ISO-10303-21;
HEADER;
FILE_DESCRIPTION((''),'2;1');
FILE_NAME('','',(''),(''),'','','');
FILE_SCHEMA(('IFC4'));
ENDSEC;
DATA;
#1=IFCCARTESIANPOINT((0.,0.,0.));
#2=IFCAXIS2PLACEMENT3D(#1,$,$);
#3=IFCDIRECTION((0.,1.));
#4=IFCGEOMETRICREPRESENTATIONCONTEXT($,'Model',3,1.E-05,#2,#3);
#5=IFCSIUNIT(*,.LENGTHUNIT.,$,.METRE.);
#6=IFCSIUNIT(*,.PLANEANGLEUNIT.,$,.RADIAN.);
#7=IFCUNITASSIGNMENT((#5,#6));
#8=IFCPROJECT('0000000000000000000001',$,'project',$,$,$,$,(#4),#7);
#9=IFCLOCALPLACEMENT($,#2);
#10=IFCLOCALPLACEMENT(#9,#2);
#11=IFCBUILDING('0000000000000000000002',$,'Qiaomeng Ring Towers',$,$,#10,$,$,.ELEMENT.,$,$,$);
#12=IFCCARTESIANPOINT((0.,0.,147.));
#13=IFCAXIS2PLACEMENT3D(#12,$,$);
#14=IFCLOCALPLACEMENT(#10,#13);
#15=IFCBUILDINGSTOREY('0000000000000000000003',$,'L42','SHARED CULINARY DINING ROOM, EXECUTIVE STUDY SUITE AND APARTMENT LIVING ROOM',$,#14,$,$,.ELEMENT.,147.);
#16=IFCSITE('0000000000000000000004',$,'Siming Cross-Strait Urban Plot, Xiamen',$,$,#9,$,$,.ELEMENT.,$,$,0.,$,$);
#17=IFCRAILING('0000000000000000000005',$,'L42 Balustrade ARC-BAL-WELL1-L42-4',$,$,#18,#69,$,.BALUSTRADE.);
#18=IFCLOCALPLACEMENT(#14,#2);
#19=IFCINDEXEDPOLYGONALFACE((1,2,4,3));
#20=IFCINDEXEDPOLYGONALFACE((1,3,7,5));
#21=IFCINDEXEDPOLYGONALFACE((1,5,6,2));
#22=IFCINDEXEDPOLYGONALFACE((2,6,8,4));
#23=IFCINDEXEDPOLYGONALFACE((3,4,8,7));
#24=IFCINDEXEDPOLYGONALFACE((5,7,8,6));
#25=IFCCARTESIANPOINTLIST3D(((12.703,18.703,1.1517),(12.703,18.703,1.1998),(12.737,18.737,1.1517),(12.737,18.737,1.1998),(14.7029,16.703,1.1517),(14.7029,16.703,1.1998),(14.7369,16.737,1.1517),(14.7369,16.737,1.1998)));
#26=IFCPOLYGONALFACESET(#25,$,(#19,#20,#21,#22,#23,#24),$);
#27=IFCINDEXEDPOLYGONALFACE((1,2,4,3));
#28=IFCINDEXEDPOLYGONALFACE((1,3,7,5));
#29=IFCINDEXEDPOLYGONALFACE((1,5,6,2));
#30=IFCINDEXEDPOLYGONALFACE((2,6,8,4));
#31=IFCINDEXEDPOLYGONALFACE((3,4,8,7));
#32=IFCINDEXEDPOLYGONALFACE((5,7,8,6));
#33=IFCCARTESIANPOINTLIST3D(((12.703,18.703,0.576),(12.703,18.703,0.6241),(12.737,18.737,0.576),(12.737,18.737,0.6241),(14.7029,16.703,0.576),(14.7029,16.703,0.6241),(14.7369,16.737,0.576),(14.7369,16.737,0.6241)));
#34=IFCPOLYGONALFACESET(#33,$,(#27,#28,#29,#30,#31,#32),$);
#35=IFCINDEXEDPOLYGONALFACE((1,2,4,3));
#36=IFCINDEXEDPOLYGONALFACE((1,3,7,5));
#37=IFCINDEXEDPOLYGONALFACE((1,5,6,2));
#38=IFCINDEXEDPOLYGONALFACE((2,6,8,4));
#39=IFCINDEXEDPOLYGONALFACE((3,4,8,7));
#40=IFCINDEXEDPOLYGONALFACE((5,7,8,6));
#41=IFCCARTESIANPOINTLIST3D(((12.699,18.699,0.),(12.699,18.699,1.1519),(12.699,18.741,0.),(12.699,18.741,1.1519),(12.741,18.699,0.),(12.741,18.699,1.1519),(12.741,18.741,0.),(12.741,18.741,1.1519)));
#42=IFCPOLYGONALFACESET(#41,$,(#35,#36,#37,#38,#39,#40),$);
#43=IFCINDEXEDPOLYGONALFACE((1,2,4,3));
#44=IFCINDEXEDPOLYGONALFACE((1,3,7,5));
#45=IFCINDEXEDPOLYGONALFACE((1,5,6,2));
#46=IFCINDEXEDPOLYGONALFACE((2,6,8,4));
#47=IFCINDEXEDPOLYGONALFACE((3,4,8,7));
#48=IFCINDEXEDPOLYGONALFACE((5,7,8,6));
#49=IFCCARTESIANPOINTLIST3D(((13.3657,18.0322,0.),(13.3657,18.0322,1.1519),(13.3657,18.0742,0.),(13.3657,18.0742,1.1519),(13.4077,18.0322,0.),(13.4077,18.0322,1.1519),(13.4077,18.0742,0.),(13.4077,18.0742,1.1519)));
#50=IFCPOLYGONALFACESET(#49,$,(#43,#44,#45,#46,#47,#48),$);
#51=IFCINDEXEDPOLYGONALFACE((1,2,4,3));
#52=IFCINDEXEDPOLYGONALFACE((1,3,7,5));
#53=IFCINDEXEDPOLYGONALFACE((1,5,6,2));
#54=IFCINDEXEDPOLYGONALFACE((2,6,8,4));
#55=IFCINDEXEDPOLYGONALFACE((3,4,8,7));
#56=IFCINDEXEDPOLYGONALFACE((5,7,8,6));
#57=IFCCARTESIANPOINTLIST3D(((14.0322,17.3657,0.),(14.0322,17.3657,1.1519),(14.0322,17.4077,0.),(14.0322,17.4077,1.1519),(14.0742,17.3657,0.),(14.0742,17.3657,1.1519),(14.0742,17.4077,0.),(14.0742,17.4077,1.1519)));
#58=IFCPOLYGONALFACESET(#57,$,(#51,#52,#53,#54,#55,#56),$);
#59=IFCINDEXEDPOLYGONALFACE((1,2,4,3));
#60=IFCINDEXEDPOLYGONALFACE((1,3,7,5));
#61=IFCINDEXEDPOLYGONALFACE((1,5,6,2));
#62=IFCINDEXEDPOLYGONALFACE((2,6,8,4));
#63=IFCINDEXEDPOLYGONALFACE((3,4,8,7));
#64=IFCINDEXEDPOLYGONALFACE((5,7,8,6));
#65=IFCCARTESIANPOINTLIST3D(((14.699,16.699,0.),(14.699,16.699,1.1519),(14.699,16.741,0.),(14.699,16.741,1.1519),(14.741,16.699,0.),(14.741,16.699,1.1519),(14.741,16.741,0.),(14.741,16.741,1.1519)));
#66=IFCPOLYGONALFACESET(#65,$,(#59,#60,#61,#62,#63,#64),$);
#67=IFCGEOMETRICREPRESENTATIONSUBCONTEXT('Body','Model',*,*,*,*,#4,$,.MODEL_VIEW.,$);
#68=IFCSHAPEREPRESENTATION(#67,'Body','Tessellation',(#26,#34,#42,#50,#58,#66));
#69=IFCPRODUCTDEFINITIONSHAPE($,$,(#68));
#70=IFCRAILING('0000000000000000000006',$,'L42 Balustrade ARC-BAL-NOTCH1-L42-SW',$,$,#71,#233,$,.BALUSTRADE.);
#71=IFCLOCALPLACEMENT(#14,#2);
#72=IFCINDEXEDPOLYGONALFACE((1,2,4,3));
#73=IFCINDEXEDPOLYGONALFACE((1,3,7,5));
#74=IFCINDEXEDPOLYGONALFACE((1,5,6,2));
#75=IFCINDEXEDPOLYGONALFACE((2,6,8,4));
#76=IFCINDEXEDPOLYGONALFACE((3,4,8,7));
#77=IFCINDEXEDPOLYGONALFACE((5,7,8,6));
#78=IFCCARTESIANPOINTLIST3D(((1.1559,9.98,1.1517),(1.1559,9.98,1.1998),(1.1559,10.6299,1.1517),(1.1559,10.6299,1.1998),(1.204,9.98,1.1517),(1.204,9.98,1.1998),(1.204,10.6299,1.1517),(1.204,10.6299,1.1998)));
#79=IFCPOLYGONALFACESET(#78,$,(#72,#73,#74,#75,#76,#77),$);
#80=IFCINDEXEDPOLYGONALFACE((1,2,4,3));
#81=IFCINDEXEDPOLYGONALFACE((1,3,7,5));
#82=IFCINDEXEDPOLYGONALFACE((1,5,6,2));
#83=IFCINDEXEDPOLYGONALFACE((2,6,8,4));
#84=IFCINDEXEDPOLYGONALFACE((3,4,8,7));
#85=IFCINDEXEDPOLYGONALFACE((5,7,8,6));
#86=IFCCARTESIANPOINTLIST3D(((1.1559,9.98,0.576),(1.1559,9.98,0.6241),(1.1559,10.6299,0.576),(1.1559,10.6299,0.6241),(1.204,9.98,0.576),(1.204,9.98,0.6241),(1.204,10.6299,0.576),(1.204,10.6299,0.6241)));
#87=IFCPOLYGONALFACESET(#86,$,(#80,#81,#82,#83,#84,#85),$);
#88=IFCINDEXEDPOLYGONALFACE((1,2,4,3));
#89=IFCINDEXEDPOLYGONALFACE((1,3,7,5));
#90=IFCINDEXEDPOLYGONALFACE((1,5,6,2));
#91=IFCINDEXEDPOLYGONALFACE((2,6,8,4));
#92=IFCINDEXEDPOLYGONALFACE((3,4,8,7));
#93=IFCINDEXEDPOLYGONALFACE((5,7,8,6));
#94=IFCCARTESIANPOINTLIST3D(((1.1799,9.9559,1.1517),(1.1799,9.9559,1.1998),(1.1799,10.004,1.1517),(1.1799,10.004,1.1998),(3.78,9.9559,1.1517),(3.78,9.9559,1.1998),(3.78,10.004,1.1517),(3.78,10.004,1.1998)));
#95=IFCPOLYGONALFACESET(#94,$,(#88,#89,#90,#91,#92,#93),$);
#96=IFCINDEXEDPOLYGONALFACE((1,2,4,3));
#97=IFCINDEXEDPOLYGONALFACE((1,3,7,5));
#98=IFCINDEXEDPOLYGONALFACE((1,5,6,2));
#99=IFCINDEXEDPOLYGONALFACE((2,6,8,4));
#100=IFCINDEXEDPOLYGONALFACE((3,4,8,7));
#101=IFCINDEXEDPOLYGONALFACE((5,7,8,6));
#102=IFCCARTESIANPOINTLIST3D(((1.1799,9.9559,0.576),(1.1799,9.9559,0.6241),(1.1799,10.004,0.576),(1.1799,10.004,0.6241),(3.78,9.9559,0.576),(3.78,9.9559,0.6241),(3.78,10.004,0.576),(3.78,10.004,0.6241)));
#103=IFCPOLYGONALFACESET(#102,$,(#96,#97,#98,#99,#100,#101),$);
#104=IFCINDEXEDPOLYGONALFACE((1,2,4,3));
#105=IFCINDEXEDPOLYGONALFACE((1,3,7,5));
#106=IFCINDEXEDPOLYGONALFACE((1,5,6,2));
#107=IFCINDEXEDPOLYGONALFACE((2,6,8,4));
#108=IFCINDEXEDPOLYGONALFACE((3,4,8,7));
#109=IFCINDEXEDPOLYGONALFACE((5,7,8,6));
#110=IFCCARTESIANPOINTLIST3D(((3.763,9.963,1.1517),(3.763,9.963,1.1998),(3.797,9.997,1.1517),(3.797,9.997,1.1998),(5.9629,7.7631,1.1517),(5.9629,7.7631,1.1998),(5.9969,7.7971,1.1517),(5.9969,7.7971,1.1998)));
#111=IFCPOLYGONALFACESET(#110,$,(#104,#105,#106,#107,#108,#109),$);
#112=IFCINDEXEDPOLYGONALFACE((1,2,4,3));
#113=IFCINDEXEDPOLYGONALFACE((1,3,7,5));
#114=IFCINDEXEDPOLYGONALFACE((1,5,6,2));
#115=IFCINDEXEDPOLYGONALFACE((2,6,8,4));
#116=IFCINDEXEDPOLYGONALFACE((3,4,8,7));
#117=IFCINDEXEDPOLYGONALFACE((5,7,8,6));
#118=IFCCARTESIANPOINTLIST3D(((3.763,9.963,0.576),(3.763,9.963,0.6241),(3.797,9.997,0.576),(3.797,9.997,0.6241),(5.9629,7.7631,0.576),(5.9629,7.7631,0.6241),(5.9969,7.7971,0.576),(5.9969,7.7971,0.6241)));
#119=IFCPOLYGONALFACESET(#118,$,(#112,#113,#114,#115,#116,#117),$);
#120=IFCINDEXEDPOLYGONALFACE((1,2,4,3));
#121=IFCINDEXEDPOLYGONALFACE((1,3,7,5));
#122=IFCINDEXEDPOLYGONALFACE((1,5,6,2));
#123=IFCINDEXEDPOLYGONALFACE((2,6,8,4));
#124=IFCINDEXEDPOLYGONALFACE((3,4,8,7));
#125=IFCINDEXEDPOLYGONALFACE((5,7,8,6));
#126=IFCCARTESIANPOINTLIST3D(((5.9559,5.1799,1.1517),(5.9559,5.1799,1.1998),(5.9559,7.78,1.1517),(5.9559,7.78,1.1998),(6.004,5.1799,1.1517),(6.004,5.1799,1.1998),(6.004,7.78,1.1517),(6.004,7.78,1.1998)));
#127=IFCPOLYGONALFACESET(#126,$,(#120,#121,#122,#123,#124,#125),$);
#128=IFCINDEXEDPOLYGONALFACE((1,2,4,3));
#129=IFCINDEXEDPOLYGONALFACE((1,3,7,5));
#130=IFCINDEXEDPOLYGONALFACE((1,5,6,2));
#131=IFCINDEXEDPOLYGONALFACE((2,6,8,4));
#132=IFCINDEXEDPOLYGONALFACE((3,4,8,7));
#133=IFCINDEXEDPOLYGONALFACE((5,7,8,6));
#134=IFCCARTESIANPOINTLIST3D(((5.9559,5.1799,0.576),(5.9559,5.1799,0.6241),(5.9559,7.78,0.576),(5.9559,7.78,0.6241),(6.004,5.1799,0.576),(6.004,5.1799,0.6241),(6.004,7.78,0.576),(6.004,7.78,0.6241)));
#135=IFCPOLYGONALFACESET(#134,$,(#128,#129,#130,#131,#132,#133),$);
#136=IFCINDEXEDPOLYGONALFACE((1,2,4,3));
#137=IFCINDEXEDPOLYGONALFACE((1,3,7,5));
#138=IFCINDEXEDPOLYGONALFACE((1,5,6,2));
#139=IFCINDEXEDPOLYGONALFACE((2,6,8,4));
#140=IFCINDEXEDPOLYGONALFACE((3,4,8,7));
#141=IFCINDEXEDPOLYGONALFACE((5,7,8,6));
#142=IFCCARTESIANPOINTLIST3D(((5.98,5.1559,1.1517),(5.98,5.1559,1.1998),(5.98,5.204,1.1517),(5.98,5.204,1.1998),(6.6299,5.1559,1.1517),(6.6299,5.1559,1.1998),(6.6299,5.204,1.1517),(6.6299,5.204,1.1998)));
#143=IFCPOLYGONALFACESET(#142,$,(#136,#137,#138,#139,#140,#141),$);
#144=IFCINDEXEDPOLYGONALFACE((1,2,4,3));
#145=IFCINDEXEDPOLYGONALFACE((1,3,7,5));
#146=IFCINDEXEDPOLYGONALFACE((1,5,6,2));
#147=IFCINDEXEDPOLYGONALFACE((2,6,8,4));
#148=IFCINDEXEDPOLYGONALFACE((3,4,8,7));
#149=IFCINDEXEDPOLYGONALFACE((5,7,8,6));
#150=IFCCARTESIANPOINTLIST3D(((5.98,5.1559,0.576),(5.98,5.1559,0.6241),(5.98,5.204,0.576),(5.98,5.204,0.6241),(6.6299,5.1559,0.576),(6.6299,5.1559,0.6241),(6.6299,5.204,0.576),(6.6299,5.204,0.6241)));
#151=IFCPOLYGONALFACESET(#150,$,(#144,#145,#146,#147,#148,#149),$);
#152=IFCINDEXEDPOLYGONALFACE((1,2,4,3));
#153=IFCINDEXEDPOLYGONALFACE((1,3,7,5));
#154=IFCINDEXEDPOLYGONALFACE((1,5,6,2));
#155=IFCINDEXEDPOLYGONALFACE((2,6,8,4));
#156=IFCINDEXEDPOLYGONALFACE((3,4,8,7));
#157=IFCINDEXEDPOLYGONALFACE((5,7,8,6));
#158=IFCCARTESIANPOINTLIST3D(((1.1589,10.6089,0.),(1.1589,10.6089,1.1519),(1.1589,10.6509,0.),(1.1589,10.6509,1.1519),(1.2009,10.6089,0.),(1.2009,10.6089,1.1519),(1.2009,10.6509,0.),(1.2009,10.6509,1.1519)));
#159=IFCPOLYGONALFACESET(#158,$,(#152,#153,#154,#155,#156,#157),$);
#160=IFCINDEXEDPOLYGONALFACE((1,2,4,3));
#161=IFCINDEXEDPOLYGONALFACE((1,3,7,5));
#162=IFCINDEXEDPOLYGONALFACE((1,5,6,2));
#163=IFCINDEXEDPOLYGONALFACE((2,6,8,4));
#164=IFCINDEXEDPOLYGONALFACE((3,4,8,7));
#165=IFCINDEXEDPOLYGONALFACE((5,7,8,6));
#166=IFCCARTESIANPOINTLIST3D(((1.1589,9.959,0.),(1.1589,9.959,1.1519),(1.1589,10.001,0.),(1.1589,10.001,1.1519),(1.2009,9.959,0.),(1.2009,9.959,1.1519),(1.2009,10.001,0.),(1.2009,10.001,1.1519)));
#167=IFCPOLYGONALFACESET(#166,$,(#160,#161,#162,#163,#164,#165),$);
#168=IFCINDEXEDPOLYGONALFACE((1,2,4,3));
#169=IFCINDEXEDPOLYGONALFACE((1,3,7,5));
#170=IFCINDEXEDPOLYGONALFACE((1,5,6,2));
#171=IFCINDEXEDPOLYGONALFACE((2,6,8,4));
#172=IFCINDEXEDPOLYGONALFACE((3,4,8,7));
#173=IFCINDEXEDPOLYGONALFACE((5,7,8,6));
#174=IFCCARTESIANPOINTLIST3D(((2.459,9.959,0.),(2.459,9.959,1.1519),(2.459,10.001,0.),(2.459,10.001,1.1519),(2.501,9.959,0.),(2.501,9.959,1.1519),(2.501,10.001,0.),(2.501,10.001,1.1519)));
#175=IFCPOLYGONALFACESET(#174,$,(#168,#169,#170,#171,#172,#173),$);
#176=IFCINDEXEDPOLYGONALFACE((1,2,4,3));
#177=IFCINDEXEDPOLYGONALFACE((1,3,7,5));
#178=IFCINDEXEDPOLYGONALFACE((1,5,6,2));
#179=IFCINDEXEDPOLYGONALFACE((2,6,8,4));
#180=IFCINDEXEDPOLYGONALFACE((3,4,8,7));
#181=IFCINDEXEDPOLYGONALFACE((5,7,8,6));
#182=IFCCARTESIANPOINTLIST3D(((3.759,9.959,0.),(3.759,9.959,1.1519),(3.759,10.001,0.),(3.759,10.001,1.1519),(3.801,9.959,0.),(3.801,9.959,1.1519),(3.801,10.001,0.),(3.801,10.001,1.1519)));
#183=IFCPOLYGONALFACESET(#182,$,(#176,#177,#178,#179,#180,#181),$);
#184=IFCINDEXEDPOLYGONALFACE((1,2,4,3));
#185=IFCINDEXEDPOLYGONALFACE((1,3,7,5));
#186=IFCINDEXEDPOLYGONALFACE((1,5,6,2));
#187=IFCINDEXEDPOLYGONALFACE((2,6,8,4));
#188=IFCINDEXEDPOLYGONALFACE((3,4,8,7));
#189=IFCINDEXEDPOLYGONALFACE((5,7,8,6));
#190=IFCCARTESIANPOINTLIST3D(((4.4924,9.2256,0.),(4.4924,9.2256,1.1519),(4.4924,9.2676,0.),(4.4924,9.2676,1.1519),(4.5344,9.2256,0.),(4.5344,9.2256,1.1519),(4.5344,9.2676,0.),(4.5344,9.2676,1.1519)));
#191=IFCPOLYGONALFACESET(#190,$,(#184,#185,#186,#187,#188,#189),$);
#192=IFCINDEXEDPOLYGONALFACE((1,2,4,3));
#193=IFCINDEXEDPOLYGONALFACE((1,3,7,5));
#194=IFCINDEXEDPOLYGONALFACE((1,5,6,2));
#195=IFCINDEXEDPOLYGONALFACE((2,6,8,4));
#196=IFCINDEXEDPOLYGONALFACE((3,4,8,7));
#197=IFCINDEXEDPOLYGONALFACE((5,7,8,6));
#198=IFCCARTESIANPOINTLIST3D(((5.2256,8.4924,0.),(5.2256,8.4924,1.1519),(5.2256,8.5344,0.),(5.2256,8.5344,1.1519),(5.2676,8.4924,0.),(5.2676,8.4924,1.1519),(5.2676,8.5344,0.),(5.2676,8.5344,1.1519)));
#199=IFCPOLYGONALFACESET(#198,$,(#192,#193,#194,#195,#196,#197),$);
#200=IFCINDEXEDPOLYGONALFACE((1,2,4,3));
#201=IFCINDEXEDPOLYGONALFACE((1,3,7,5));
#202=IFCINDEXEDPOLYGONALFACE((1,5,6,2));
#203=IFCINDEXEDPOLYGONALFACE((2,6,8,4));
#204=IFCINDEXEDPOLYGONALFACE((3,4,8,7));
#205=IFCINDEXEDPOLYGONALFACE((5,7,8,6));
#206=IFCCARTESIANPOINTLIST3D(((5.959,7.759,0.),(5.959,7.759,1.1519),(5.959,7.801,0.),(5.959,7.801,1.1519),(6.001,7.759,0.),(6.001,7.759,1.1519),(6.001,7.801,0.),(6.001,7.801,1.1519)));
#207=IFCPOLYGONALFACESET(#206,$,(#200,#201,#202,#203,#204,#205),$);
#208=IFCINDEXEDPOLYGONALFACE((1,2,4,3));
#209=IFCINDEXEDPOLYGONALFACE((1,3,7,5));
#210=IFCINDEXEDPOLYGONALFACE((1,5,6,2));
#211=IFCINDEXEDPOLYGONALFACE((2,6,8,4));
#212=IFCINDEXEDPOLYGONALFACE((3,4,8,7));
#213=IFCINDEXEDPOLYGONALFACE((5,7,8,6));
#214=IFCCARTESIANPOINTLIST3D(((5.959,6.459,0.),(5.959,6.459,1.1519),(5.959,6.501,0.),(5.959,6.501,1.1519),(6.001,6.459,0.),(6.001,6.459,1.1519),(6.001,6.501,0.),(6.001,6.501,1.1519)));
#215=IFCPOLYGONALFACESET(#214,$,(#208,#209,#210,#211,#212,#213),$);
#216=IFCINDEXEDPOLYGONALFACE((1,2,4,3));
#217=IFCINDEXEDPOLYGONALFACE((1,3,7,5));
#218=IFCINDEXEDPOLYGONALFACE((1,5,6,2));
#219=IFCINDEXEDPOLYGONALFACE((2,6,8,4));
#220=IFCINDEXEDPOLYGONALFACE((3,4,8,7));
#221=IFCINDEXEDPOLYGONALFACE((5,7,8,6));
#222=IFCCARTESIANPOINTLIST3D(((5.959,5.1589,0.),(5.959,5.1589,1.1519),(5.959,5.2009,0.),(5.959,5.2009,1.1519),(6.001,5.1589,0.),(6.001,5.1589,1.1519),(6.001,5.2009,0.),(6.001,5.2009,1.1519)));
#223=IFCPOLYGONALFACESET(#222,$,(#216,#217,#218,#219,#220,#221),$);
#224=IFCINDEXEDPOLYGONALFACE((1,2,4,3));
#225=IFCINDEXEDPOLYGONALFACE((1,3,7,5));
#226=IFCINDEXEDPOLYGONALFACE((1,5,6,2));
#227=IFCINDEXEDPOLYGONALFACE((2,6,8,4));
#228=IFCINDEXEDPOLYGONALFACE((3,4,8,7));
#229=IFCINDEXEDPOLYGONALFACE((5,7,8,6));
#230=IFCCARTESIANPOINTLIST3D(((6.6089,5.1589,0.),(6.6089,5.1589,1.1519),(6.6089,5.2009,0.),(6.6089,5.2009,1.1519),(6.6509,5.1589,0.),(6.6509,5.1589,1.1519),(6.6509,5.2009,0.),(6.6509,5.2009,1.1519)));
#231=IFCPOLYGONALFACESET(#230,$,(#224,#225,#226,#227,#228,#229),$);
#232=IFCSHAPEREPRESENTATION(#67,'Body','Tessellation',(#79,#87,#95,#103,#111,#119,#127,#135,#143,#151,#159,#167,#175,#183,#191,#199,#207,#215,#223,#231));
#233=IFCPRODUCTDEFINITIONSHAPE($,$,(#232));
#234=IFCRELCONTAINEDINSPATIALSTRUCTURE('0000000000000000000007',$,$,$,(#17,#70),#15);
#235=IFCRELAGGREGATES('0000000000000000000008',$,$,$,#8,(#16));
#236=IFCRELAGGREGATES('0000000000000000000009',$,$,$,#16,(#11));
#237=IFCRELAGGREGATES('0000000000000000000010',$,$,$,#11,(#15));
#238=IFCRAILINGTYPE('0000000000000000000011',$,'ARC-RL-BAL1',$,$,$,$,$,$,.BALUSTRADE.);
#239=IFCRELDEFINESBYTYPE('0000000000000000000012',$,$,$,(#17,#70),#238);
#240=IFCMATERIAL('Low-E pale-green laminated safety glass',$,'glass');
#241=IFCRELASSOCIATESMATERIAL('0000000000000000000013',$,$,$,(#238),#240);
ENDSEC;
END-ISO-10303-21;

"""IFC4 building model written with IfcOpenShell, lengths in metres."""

from ifc_helpers import new_model, si_unit, direction, frame, origin, origin_2d, place, context, subcontext, project, spatial, rectangle, extrude, material, type_object, element, save


model = new_model("IFC4")

# Units and contexts
model_context = context("Model", 3, precision=1e-05, world=origin(), true_north=direction((0.0, 1.0)))
body_context = subcontext(model_context, "Body", "Model", "MODEL_VIEW")
ifc_project = project(units=[si_unit("LENGTHUNIT", "METRE"), si_unit("PLANEANGLEUNIT", "RADIAN")], contexts=[model_context])

# Site, building, storey
site_placement = place(None, origin())
site = spatial("IfcSite", under=ifc_project, at=site_placement, Name="Siming Cross-Strait Urban Plot, Xiamen", CompositionType="ELEMENT", RefElevation=0.0)
building_placement = place(site_placement, origin())
building = spatial("IfcBuilding", under=site, at=building_placement, Name="Qiaomeng Ring Towers", CompositionType="ELEMENT")
storey_placement = place(building_placement, frame((0.0, 0.0, 147.0)))
storey = spatial("IfcBuildingStorey", under=building, at=storey_placement, Name="L42", Description="SHARED CULINARY DINING ROOM, EXECUTIVE STUDY SUITE AND APARTMENT LIVING ROOM", CompositionType="ELEMENT", Elevation=147.0)

# Railings
ifc_material_1 = material(Name="Low-E pale-green laminated safety glass", Category="glass")
railing_type_1 = type_object("IfcRailingType", Name="ARC-RL-BAL1", PredefinedType="BALUSTRADE", material=ifc_material_1)
railing_1_placement = place(storey_placement, frame((12.72, 18.72, 0.0)))
element("IfcRailing", 1, at=railing_1_placement, inside=storey, type_object=railing_type_1, Name="L42 Balustrade ARC-BAL-WELL1-L42-4", PredefinedType="BALUSTRADE", context=body_context, shape_type="SweptSolid", body=[
    extrude(rectangle(XDim=0.0481, YDim=0.0481, at=origin_2d()), frame((0.0, 0.0, 1.1758), z_axis=(0.707107, -0.707107, 0.0), x_axis=(0.707107, 0.707107, 0.0)), (0.0, 0.0, 1.0), 2.8284),
    extrude(rectangle(XDim=0.0481, YDim=0.0481, at=origin_2d()), frame((0.0, 0.0, 0.6001), z_axis=(0.707107, -0.707107, 0.0), x_axis=(0.707107, 0.707107, 0.0)), (0.0, 0.0, 1.0), 2.8284),
    extrude(rectangle(XDim=0.042, YDim=0.042, at=origin_2d()), origin(), (0.0, 0.0, 1.0), 1.1519),
    extrude(rectangle(XDim=0.042, YDim=0.042, at=origin_2d()), frame((0.6667, -0.6667, 0.0)), (0.0, 0.0, 1.0), 1.1519),
    extrude(rectangle(XDim=0.042, YDim=0.042, at=origin_2d()), frame((1.3333, -1.3333, 0.0)), (0.0, 0.0, 1.0), 1.1519),
    extrude(rectangle(XDim=0.042, YDim=0.042, at=origin_2d()), frame((2.0, -2.0, 0.0)), (0.0, 0.0, 1.0), 1.1519),
])
railing_2_placement = place(storey_placement, frame((1.1799, 10.6299, 0.0)))
element("IfcRailing", 2, at=railing_2_placement, inside=storey, type_object=railing_type_1, Name="L42 Balustrade ARC-BAL-NOTCH1-L42-SW", PredefinedType="BALUSTRADE", context=body_context, shape_type="SweptSolid", body=[
    extrude(rectangle(XDim=0.0481, YDim=0.0481, at=origin_2d()), frame((0.0, 0.0, 1.1758), z_axis=(0.0, -1.0, 0.0), x_axis=(1.0, 0.0, 0.0)), (0.0, 0.0, 1.0), 0.6499),
    extrude(rectangle(XDim=0.0481, YDim=0.0481, at=origin_2d()), frame((0.0, 0.0, 0.6001), z_axis=(0.0, -1.0, 0.0), x_axis=(1.0, 0.0, 0.0)), (0.0, 0.0, 1.0), 0.6499),
    extrude(rectangle(XDim=0.0481, YDim=0.0481, at=origin_2d()), frame((0.0, -0.6499, 1.1758), z_axis=(1.0, 0.0, 0.0), x_axis=(0.0, 1.0, 0.0)), (0.0, 0.0, 1.0), 2.6001),
    extrude(rectangle(XDim=0.0481, YDim=0.0481, at=origin_2d()), frame((0.0, -0.6499, 0.6001), z_axis=(1.0, 0.0, 0.0), x_axis=(0.0, 1.0, 0.0)), (0.0, 0.0, 1.0), 2.6001),
    extrude(rectangle(XDim=0.0481, YDim=0.0481, at=origin_2d()), frame((2.6001, -0.6499, 1.1758), z_axis=(0.707107, -0.707107, 0.0), x_axis=(0.707107, 0.707107, 0.0)), (0.0, 0.0, 1.0), 3.1111),
    extrude(rectangle(XDim=0.0481, YDim=0.0481, at=origin_2d()), frame((2.6001, -0.6499, 0.6001), z_axis=(0.707107, -0.707107, 0.0), x_axis=(0.707107, 0.707107, 0.0)), (0.0, 0.0, 1.0), 3.1111),
    extrude(rectangle(XDim=0.0481, YDim=0.0481, at=origin_2d()), frame((4.8, -2.8499, 1.1758), z_axis=(0.0, -1.0, 0.0), x_axis=(1.0, 0.0, 0.0)), (0.0, 0.0, 1.0), 2.6001),
    extrude(rectangle(XDim=0.0481, YDim=0.0481, at=origin_2d()), frame((4.8, -2.8499, 0.6001), z_axis=(0.0, -1.0, 0.0), x_axis=(1.0, 0.0, 0.0)), (0.0, 0.0, 1.0), 2.6001),
    extrude(rectangle(XDim=0.0481, YDim=0.0481, at=origin_2d()), frame((4.8, -5.45, 1.1758), z_axis=(1.0, 0.0, 0.0), x_axis=(0.0, 1.0, 0.0)), (0.0, 0.0, 1.0), 0.6499),
    extrude(rectangle(XDim=0.0481, YDim=0.0481, at=origin_2d()), frame((4.8, -5.45, 0.6001), z_axis=(1.0, 0.0, 0.0), x_axis=(0.0, 1.0, 0.0)), (0.0, 0.0, 1.0), 0.6499),
    extrude(rectangle(XDim=0.042, YDim=0.042, at=origin_2d()), origin(), (0.0, 0.0, 1.0), 1.1519),
    extrude(rectangle(XDim=0.042, YDim=0.042, at=origin_2d()), frame((0.0, -0.6499, 0.0)), (0.0, 0.0, 1.0), 1.1519),
    extrude(rectangle(XDim=0.042, YDim=0.042, at=origin_2d()), frame((1.3, -0.6499, 0.0)), (0.0, 0.0, 1.0), 1.1519),
    extrude(rectangle(XDim=0.042, YDim=0.042, at=origin_2d()), frame((2.6001, -0.6499, 0.0)), (0.0, 0.0, 1.0), 1.1519),
    extrude(rectangle(XDim=0.042, YDim=0.042, at=origin_2d()), frame((3.3335, -1.3833, 0.0)), (0.0, 0.0, 1.0), 1.1519),
    extrude(rectangle(XDim=0.042, YDim=0.042, at=origin_2d()), frame((4.0667, -2.1165, 0.0)), (0.0, 0.0, 1.0), 1.1519),
    extrude(rectangle(XDim=0.042, YDim=0.042, at=origin_2d()), frame((4.8, -2.8499, 0.0)), (0.0, 0.0, 1.0), 1.1519),
    extrude(rectangle(XDim=0.042, YDim=0.042, at=origin_2d()), frame((4.8, -4.1499, 0.0)), (0.0, 0.0, 1.0), 1.1519),
    extrude(rectangle(XDim=0.042, YDim=0.042, at=origin_2d()), frame((4.8, -5.45, 0.0)), (0.0, 0.0, 1.0), 1.1519),
    extrude(rectangle(XDim=0.042, YDim=0.042, at=origin_2d()), frame((5.45, -5.45, 0.0)), (0.0, 0.0, 1.0), 1.1519),
])

save(model, "model.ifc")
